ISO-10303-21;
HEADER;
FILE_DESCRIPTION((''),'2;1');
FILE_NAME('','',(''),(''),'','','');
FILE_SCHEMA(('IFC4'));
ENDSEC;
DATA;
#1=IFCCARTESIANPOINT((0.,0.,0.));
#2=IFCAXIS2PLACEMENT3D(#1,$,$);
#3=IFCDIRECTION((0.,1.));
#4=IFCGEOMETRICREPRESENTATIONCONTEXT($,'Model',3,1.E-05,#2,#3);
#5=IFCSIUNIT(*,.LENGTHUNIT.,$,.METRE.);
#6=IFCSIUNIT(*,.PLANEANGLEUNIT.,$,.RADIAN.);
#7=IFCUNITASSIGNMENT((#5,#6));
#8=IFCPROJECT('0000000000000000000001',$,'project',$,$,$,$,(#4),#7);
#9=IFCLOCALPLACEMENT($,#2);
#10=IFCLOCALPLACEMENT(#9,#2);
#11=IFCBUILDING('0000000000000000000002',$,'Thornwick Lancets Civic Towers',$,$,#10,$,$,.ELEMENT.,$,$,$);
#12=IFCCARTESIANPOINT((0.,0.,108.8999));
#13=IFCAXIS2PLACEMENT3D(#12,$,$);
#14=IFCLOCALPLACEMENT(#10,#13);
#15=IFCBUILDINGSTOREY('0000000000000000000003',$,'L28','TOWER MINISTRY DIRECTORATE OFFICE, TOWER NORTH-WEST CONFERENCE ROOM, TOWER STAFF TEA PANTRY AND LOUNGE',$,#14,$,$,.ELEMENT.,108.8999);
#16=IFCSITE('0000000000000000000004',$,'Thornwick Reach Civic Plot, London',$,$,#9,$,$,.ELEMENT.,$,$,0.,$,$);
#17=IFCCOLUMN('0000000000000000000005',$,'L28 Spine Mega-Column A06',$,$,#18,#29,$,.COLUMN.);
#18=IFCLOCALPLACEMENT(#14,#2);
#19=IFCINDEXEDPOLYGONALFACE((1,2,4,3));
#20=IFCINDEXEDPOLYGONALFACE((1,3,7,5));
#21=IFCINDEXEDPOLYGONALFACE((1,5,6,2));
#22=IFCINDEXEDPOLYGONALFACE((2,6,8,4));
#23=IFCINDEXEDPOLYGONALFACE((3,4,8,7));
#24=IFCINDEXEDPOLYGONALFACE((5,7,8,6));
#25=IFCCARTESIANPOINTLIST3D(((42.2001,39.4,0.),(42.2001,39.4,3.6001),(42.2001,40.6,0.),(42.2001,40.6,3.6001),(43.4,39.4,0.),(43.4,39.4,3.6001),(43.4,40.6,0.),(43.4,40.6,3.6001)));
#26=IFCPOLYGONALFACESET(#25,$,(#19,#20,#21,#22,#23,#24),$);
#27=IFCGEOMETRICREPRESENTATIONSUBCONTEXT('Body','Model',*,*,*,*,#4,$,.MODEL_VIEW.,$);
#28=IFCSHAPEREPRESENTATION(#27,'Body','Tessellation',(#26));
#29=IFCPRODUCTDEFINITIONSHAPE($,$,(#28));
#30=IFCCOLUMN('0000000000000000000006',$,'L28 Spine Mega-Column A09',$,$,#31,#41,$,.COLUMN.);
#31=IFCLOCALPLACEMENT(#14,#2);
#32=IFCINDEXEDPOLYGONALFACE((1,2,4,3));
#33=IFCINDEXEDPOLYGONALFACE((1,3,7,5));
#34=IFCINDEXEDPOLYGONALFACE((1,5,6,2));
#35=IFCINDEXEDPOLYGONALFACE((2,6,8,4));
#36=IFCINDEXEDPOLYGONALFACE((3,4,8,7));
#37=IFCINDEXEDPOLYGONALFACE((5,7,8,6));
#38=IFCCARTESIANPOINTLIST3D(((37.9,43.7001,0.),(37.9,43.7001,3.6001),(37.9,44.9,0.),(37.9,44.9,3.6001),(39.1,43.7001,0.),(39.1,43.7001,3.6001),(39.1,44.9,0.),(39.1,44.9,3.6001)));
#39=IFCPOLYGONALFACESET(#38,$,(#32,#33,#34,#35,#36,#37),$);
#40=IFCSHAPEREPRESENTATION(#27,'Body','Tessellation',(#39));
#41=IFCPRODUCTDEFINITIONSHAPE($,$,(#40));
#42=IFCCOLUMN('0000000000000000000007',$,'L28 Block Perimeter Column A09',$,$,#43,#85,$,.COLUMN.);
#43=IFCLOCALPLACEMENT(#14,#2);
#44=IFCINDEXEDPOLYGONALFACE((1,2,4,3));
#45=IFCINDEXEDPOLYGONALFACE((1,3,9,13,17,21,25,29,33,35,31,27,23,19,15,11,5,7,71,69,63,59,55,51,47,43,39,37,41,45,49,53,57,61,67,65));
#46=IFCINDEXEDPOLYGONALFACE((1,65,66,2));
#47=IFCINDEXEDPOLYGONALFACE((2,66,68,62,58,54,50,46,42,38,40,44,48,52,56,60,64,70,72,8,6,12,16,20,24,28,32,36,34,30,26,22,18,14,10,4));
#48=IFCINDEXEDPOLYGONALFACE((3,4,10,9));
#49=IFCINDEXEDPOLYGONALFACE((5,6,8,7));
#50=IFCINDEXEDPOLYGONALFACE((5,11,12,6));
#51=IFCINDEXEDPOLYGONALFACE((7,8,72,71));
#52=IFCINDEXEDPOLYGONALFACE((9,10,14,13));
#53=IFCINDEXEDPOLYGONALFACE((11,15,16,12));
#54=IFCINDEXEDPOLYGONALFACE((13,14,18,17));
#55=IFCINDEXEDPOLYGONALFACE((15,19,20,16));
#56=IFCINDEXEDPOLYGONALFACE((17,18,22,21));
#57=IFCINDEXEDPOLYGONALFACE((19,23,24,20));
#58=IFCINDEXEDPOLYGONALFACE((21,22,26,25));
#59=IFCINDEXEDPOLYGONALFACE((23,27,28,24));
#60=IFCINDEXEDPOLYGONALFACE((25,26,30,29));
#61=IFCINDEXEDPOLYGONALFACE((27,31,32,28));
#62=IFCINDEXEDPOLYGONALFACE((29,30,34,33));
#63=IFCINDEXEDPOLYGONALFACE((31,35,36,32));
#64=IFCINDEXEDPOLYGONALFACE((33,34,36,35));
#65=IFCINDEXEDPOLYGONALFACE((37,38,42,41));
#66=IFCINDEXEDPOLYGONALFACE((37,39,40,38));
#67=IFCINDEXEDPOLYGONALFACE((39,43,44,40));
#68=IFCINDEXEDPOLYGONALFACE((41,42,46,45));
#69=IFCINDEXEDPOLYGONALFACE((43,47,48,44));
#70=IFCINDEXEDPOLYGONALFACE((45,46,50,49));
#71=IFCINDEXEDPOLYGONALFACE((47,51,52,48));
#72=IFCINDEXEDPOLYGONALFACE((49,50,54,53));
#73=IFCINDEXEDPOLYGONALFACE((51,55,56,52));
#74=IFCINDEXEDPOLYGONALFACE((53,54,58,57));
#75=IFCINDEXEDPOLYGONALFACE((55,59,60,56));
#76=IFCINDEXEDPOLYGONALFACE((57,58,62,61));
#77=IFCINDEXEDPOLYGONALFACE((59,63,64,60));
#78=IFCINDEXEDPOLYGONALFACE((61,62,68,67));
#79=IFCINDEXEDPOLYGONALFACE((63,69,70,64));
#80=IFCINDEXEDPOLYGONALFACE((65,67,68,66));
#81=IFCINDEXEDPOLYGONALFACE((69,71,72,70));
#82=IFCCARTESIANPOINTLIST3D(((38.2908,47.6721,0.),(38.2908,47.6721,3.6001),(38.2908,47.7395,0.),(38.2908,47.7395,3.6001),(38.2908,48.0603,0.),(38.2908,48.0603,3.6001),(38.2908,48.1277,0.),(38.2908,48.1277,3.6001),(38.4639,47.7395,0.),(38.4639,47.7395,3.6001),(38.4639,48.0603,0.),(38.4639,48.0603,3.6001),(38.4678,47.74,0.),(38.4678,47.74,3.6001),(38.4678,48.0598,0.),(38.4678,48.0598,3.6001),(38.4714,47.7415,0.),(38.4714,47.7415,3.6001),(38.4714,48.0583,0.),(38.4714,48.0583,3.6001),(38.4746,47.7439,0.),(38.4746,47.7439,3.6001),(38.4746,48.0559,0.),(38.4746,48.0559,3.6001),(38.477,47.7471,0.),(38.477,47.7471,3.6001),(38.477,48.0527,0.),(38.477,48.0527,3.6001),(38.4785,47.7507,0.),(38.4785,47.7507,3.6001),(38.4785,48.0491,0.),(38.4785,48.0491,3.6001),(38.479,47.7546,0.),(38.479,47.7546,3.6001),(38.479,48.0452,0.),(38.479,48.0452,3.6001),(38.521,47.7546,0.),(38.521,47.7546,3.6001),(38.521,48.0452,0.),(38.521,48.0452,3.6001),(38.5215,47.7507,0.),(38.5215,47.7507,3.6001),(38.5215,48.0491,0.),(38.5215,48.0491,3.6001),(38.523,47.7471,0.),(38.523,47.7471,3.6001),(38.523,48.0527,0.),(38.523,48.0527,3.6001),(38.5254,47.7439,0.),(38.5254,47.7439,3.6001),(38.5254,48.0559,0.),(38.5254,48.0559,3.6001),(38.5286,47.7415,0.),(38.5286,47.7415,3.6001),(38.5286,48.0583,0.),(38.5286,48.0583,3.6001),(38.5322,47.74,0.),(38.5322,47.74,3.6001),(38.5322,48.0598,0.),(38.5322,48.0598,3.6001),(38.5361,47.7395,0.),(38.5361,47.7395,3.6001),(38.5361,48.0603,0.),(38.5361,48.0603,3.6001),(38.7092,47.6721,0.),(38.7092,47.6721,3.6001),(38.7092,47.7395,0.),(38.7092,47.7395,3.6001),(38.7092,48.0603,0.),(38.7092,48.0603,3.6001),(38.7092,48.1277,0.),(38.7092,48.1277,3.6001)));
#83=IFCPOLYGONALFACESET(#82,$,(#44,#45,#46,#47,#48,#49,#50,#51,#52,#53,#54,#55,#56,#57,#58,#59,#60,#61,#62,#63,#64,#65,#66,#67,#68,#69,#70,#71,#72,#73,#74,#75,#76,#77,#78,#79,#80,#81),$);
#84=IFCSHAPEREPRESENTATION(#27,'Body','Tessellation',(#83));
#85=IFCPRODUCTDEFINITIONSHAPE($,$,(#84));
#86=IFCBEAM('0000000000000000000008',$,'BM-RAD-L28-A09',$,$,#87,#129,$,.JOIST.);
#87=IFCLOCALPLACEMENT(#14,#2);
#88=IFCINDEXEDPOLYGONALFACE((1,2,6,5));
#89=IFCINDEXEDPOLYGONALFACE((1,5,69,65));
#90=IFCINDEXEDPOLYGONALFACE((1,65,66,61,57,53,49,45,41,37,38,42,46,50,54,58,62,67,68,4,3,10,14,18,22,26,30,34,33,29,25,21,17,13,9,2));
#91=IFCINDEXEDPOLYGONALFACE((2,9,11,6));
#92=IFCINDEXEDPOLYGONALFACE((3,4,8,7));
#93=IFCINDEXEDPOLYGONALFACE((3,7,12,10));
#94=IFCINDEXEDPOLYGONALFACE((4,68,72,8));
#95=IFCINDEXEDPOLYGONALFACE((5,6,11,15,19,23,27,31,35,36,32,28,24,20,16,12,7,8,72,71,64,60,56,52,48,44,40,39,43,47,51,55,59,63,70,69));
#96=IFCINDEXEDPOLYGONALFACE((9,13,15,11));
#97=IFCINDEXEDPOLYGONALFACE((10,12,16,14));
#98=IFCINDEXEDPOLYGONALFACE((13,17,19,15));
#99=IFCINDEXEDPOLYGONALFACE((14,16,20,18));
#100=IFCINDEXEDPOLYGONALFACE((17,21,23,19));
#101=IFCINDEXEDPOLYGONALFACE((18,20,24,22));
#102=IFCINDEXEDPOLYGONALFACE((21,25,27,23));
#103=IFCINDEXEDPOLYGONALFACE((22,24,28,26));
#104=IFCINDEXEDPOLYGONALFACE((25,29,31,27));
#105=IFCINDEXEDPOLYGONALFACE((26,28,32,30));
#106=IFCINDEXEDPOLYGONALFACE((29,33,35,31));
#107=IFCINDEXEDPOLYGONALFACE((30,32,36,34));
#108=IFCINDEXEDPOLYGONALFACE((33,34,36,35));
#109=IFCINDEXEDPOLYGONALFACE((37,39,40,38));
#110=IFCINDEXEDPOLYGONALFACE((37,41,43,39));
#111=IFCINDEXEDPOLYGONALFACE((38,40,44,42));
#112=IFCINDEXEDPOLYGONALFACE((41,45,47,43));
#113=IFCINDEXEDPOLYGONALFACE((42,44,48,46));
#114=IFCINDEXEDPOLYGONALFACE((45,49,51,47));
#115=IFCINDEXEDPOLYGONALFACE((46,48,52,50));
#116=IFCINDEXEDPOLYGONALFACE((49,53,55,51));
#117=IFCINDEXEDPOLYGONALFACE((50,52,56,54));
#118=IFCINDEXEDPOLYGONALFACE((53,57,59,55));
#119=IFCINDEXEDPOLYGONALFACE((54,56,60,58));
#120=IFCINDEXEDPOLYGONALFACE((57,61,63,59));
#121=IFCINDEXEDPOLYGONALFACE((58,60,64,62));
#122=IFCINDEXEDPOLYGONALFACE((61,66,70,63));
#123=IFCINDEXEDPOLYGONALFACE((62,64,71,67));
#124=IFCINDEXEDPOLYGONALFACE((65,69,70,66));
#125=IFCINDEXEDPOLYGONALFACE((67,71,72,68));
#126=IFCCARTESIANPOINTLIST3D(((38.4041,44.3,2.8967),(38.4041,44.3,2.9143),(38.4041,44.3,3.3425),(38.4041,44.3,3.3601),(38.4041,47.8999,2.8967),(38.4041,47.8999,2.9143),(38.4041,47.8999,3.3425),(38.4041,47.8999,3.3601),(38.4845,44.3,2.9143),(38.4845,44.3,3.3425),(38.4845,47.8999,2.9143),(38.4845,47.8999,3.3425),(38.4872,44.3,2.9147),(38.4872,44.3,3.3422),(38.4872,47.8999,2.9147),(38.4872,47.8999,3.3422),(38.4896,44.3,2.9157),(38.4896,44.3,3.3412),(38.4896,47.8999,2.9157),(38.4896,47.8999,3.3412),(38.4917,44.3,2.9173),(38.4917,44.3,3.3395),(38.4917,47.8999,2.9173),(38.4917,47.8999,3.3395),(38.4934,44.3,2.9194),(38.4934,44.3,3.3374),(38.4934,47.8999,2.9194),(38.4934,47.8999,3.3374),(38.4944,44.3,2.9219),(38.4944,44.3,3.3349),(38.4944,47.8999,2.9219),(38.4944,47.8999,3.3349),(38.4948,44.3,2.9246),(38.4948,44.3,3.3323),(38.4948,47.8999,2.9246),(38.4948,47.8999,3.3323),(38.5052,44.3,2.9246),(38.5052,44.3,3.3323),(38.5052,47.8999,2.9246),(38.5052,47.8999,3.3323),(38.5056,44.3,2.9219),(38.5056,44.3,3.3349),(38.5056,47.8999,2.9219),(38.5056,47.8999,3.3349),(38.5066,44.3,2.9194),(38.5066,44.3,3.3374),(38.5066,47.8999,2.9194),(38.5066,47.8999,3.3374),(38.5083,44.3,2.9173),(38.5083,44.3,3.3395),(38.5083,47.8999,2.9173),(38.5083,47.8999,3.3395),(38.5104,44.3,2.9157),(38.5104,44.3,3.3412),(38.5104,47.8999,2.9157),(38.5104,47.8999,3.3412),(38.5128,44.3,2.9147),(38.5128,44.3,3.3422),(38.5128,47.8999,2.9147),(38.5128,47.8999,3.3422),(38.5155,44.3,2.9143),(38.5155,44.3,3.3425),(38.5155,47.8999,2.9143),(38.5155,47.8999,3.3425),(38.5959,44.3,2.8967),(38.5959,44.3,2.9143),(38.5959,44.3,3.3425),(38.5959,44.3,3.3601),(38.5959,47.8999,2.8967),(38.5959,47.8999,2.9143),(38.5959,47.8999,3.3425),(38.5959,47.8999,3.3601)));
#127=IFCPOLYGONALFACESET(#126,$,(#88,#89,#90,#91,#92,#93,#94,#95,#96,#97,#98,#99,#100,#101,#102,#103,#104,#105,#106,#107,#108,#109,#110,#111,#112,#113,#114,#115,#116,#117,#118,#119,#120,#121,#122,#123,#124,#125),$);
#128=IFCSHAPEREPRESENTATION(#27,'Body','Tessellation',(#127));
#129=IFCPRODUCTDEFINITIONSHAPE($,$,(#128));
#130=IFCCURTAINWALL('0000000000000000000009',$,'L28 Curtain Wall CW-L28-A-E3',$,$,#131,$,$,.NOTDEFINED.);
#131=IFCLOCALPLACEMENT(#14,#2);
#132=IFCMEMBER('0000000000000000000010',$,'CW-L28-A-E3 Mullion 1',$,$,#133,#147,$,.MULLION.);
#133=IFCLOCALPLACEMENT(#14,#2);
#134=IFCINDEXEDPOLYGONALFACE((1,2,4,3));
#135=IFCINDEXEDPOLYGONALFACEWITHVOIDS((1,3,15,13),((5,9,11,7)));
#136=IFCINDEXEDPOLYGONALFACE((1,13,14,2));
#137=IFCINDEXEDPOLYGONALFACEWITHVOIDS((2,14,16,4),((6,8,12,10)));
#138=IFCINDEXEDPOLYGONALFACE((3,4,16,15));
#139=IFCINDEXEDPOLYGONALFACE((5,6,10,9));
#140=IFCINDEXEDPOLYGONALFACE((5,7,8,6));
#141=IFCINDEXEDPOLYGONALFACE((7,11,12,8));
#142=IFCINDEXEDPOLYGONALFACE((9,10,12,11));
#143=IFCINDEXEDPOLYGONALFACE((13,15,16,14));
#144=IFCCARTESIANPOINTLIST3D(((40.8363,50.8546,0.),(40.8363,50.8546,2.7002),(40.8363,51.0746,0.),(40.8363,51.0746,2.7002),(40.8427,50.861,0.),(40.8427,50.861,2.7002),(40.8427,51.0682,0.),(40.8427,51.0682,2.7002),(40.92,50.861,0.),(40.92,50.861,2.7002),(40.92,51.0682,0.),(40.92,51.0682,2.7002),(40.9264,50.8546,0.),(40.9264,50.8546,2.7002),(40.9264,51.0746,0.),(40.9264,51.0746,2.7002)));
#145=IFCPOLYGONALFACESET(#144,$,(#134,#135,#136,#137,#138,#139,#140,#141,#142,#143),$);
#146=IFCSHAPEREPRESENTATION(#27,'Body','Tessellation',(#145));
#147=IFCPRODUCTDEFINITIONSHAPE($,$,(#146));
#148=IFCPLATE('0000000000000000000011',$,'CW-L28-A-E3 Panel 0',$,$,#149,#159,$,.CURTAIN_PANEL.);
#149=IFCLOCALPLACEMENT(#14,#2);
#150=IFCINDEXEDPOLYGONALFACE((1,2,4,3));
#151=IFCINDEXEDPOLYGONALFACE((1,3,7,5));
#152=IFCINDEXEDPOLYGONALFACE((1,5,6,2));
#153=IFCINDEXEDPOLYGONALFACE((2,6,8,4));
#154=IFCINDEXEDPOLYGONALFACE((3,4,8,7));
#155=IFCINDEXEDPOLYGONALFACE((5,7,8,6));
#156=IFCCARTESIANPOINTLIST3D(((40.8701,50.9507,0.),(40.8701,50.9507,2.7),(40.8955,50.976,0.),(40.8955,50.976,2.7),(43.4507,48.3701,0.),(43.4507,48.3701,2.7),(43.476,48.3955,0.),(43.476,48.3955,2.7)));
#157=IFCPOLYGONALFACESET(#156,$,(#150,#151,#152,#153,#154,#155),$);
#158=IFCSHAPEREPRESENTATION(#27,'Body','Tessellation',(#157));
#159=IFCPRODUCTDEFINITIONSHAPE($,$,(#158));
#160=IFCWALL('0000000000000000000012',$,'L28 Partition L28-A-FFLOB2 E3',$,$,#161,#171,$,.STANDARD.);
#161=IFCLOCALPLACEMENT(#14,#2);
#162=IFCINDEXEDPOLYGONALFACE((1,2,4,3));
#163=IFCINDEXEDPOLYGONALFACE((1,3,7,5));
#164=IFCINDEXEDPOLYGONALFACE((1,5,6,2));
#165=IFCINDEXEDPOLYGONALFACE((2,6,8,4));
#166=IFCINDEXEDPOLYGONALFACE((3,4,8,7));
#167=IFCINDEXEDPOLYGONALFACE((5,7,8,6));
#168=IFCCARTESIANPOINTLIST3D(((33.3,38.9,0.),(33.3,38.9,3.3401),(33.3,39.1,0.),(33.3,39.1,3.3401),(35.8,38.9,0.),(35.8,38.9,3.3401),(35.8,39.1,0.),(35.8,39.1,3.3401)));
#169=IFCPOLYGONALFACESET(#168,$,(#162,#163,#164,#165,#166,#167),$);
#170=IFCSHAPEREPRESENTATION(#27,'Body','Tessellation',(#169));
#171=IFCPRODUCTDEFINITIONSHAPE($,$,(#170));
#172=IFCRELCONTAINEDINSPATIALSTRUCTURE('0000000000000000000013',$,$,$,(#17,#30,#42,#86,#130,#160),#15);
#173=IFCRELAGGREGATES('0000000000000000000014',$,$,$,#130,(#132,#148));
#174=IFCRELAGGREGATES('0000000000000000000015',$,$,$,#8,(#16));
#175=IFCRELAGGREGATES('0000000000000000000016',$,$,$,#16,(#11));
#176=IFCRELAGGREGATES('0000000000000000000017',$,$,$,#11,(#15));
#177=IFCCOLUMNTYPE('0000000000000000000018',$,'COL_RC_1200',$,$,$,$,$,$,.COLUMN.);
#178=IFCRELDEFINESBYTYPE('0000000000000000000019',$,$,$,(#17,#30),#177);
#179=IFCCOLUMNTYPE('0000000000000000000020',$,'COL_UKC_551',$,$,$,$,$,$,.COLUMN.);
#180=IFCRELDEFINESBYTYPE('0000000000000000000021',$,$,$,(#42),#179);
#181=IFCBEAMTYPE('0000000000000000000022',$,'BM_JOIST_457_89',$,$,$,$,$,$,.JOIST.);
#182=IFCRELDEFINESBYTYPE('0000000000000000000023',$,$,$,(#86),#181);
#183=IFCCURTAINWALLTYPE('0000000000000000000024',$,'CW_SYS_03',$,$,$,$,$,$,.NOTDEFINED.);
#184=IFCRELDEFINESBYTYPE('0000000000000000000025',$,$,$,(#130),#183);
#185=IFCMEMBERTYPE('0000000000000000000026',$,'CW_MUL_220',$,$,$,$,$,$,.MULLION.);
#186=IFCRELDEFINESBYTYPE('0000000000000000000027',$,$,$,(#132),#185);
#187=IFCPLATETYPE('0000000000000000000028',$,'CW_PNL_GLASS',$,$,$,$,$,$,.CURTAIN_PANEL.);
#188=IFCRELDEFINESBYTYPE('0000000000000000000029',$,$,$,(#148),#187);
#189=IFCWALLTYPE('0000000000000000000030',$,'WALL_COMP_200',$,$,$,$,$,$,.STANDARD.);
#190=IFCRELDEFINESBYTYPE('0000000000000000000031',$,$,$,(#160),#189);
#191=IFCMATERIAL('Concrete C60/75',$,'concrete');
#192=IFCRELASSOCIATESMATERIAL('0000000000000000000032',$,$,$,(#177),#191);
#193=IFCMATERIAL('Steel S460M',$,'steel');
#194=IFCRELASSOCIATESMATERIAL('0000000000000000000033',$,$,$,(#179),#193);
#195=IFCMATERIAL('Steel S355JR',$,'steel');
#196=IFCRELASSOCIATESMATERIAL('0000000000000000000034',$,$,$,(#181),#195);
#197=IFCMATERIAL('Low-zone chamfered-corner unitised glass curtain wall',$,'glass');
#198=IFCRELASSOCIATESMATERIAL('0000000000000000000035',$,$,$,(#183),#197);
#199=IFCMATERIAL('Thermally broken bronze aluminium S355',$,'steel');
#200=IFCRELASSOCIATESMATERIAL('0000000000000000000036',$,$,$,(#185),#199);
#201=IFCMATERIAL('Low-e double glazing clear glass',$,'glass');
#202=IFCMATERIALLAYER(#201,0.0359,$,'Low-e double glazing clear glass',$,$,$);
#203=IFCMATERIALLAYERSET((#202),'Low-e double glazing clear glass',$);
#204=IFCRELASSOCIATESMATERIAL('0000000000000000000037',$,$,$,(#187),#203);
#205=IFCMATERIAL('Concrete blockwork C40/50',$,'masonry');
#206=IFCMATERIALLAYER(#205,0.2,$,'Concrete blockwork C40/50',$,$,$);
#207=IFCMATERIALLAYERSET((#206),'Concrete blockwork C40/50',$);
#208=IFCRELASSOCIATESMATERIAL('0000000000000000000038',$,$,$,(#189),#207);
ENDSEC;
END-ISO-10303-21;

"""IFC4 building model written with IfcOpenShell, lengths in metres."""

from ifc_helpers import new_model, si_unit, direction, frame, frame_2d, origin, origin_2d, place, context, subcontext, project, spatial, rectangle, hollow_rectangle, i_section, extrude, material, layer, layer_set, material_profile, profile_set, type_object, element, aggregate, save


model = new_model("IFC4")

# Units and contexts
model_context = context("Model", 3, precision=1e-05, world=origin(), true_north=direction((0.0, 1.0)))
body_context = subcontext(model_context, "Body", "Model", "MODEL_VIEW")
ifc_project = project(units=[si_unit("LENGTHUNIT", "METRE"), si_unit("PLANEANGLEUNIT", "RADIAN")], contexts=[model_context])

# Site, building, storey
site_placement = place(None, origin())
site = spatial("IfcSite", under=ifc_project, at=site_placement, Name="Thornwick Reach Civic Plot, London", CompositionType="ELEMENT", RefElevation=0.0)
building_placement = place(site_placement, origin())
building = spatial("IfcBuilding", under=site, at=building_placement, Name="Thornwick Lancets Civic Towers", CompositionType="ELEMENT")
storey_placement = place(building_placement, frame((0.0, 0.0, 108.8999)))
storey = spatial("IfcBuildingStorey", under=building, at=storey_placement, Name="L28", Description="TOWER MINISTRY DIRECTORATE OFFICE, TOWER NORTH-WEST CONFERENCE ROOM, TOWER STAFF TEA PANTRY AND LOUNGE", CompositionType="ELEMENT", Elevation=108.8999)

# Columns
ifc_material_1 = material(Name="Concrete C60/75", Category="concrete")
ifc_material_profile_1 = material_profile(ifc_material_1, rectangle(XDim=1.2, YDim=1.2, at=origin_2d()), Name="RC 1200x1200")
ifc_profile_set_1 = profile_set([ifc_material_profile_1], Name="Concrete C60/75")
column_type_1 = type_object("IfcColumnType", Name="COL_RC_1200", PredefinedType="COLUMN", material=ifc_profile_set_1)
for number, where, z_axis, x_axis, name in (
    (1, (42.8, 40.0, 0.0), (0.0, 0.0, 1.0), (1.0, 0.0, 0.0), "L28 Spine Mega-Column A06"),
    (2, (38.5, 44.3, 0.0), (0.0, 0.0, 1.0), (1.0, 0.0, 0.0), "L28 Spine Mega-Column A09"),
):
    element("IfcColumn", number, at=place(storey_placement, frame(where, z_axis=z_axis, x_axis=x_axis)), inside=storey, type_object=column_type_1, Name=name, PredefinedType="COLUMN", context=body_context, shape_type="SweptSolid", body=[
        extrude(rectangle(XDim=1.2, YDim=1.2, at=origin_2d()), origin(), (0.0, 0.0, 1.0), 3.6001),
    ])
ifc_material_2 = material(Name="Steel S460M", Category="steel")
ifc_material_profile_2 = material_profile(ifc_material_2, i_section(OverallWidth=0.4185, OverallDepth=0.4556, WebThickness=0.042, FlangeThickness=0.0674, FilletRadius=0.0151, at=origin_2d()), Name="UKC 356x406x551")
ifc_profile_set_2 = profile_set([ifc_material_profile_2], Name="Steel S460M")
column_type_2 = type_object("IfcColumnType", Name="COL_UKC_551", PredefinedType="COLUMN", material=ifc_profile_set_2)
column_placement = place(storey_placement, frame((38.5, 47.8999, 0.0), z_axis=(0.0, 0.0, 1.0), x_axis=(1.0, 0.0, 0.0)))
element("IfcColumn", 3, at=column_placement, inside=storey, type_object=column_type_2, Name="L28 Block Perimeter Column A09", PredefinedType="COLUMN", context=body_context, shape_type="SweptSolid", body=[
    extrude(i_section(OverallWidth=0.4185, OverallDepth=0.4556, WebThickness=0.042, FlangeThickness=0.0674, FilletRadius=0.0151, at=origin_2d()), origin(), (0.0, 0.0, 1.0), 3.6001),
])

# Beam
ifc_material_3 = material(Name="Steel S355JR", Category="steel")
ifc_material_profile_3 = material_profile(ifc_material_3, i_section(OverallWidth=0.1919, OverallDepth=0.4634, WebThickness=0.0105, FlangeThickness=0.0176, FilletRadius=0.0103, at=origin_2d()), Name="UKB 457x191x89")
ifc_profile_set_3 = profile_set([ifc_material_profile_3], Name="Steel S355JR")
beam_type = type_object("IfcBeamType", Name="BM_JOIST_457_89", PredefinedType="JOIST", material=ifc_profile_set_3)
beam_placement = place(storey_placement, frame((38.5, 44.3, 3.1284), z_axis=(0.0, 1.0, 0.0), x_axis=(-1.0, 0.0, 0.0)))
element("IfcBeam", 4, at=beam_placement, inside=storey, type_object=beam_type, Name="BM-RAD-L28-A09", PredefinedType="JOIST", context=body_context, shape_type="SweptSolid", body=[
    extrude(i_section(OverallWidth=0.1919, OverallDepth=0.4634, WebThickness=0.0105, FlangeThickness=0.0176, FilletRadius=0.0103, at=origin_2d()), origin(), (0.0, 0.0, 1.0), 3.5999),
])

# Curtain wall, member, plate
ifc_material_4 = material(Name="Low-zone chamfered-corner unitised glass curtain wall", Category="glass")
curtain_wall_type = type_object("IfcCurtainWallType", Name="CW_SYS_03", PredefinedType="NOTDEFINED", material=ifc_material_4)
curtain_wall_placement = place(storey_placement, origin())
curtain_wall = element("IfcCurtainWall", 5, at=curtain_wall_placement, inside=storey, type_object=curtain_wall_type, Name="L28 Curtain Wall CW-L28-A-E3", PredefinedType="NOTDEFINED")
ifc_material_5 = material(Name="Thermally broken bronze aluminium S355", Category="steel")
ifc_material_profile_4 = material_profile(ifc_material_5, hollow_rectangle(XDim=0.0901, YDim=0.22, WallThickness=0.0063, at=origin_2d()), Name="RHS 220x90x6.3")
ifc_profile_set_4 = profile_set([ifc_material_profile_4], Name="Thermally broken bronze aluminium S355")
member_type = type_object("IfcMemberType", Name="CW_MUL_220", PredefinedType="MULLION", material=ifc_profile_set_4)
member_placement = place(storey_placement, frame((40.8813, 50.9646, 0.0), z_axis=(0.0, 0.0, 1.0), x_axis=(1.0, 0.0, 0.0)))
member = element("IfcMember", 6, at=member_placement, type_object=member_type, Name="CW-L28-A-E3 Mullion 1", PredefinedType="MULLION", context=body_context, shape_type="SweptSolid", body=[
    extrude(hollow_rectangle(XDim=0.0901, YDim=0.22, WallThickness=0.0063, at=origin_2d()), origin(), (0.0, 0.0, 1.0), 2.7002),
])
ifc_material_6 = material(Name="Low-e double glazing clear glass", Category="glass")
ifc_layer_1 = layer(ifc_material_6, 0.0359, Name="Low-e double glazing clear glass")
ifc_layer_set_1 = layer_set([ifc_layer_1], Name="Low-e double glazing clear glass")
plate_type = type_object("IfcPlateType", Name="CW_PNL_GLASS", PredefinedType="CURTAIN_PANEL", material=ifc_layer_set_1)
plate_placement = place(storey_placement, frame((42.1731, 49.6731, 0.0), z_axis=(0.0, 0.0, 1.0), x_axis=(-0.707107, 0.707107, 0.0)))
plate = element("IfcPlate", 7, at=plate_placement, type_object=plate_type, Name="CW-L28-A-E3 Panel 0", PredefinedType="CURTAIN_PANEL", context=body_context, shape_type="SweptSolid", body=[
    extrude(rectangle(XDim=3.6494, YDim=0.0359, at=origin_2d()), origin(), (0.0, 0.0, 1.0), 2.7),
])
aggregate(curtain_wall, [member, plate])

# Wall
ifc_material_7 = material(Name="Concrete blockwork C40/50", Category="masonry")
ifc_layer_2 = layer(ifc_material_7, 0.2, Name="Concrete blockwork C40/50")
ifc_layer_set_2 = layer_set([ifc_layer_2], Name="Concrete blockwork C40/50")
wall_type_1 = type_object("IfcWallType", Name="WALL_COMP_200", PredefinedType="STANDARD", material=ifc_layer_set_2)
wall_1_placement = place(storey_placement, frame((35.8, 39.0, 0.0), z_axis=(0.0, 0.0, 1.0), x_axis=(-1.0, 0.0, 0.0)))
element("IfcWall", 8, at=wall_1_placement, inside=storey, type_object=wall_type_1, Name="L28 Partition L28-A-FFLOB2 E3", PredefinedType="STANDARD", context=body_context, shape_type="SweptSolid", body=[
    extrude(rectangle(XDim=2.5, YDim=0.2, at=frame_2d((1.25, 0.0))), origin(), (0.0, 0.0, 1.0), 3.3401),
])

save(model, "model.ifc")
